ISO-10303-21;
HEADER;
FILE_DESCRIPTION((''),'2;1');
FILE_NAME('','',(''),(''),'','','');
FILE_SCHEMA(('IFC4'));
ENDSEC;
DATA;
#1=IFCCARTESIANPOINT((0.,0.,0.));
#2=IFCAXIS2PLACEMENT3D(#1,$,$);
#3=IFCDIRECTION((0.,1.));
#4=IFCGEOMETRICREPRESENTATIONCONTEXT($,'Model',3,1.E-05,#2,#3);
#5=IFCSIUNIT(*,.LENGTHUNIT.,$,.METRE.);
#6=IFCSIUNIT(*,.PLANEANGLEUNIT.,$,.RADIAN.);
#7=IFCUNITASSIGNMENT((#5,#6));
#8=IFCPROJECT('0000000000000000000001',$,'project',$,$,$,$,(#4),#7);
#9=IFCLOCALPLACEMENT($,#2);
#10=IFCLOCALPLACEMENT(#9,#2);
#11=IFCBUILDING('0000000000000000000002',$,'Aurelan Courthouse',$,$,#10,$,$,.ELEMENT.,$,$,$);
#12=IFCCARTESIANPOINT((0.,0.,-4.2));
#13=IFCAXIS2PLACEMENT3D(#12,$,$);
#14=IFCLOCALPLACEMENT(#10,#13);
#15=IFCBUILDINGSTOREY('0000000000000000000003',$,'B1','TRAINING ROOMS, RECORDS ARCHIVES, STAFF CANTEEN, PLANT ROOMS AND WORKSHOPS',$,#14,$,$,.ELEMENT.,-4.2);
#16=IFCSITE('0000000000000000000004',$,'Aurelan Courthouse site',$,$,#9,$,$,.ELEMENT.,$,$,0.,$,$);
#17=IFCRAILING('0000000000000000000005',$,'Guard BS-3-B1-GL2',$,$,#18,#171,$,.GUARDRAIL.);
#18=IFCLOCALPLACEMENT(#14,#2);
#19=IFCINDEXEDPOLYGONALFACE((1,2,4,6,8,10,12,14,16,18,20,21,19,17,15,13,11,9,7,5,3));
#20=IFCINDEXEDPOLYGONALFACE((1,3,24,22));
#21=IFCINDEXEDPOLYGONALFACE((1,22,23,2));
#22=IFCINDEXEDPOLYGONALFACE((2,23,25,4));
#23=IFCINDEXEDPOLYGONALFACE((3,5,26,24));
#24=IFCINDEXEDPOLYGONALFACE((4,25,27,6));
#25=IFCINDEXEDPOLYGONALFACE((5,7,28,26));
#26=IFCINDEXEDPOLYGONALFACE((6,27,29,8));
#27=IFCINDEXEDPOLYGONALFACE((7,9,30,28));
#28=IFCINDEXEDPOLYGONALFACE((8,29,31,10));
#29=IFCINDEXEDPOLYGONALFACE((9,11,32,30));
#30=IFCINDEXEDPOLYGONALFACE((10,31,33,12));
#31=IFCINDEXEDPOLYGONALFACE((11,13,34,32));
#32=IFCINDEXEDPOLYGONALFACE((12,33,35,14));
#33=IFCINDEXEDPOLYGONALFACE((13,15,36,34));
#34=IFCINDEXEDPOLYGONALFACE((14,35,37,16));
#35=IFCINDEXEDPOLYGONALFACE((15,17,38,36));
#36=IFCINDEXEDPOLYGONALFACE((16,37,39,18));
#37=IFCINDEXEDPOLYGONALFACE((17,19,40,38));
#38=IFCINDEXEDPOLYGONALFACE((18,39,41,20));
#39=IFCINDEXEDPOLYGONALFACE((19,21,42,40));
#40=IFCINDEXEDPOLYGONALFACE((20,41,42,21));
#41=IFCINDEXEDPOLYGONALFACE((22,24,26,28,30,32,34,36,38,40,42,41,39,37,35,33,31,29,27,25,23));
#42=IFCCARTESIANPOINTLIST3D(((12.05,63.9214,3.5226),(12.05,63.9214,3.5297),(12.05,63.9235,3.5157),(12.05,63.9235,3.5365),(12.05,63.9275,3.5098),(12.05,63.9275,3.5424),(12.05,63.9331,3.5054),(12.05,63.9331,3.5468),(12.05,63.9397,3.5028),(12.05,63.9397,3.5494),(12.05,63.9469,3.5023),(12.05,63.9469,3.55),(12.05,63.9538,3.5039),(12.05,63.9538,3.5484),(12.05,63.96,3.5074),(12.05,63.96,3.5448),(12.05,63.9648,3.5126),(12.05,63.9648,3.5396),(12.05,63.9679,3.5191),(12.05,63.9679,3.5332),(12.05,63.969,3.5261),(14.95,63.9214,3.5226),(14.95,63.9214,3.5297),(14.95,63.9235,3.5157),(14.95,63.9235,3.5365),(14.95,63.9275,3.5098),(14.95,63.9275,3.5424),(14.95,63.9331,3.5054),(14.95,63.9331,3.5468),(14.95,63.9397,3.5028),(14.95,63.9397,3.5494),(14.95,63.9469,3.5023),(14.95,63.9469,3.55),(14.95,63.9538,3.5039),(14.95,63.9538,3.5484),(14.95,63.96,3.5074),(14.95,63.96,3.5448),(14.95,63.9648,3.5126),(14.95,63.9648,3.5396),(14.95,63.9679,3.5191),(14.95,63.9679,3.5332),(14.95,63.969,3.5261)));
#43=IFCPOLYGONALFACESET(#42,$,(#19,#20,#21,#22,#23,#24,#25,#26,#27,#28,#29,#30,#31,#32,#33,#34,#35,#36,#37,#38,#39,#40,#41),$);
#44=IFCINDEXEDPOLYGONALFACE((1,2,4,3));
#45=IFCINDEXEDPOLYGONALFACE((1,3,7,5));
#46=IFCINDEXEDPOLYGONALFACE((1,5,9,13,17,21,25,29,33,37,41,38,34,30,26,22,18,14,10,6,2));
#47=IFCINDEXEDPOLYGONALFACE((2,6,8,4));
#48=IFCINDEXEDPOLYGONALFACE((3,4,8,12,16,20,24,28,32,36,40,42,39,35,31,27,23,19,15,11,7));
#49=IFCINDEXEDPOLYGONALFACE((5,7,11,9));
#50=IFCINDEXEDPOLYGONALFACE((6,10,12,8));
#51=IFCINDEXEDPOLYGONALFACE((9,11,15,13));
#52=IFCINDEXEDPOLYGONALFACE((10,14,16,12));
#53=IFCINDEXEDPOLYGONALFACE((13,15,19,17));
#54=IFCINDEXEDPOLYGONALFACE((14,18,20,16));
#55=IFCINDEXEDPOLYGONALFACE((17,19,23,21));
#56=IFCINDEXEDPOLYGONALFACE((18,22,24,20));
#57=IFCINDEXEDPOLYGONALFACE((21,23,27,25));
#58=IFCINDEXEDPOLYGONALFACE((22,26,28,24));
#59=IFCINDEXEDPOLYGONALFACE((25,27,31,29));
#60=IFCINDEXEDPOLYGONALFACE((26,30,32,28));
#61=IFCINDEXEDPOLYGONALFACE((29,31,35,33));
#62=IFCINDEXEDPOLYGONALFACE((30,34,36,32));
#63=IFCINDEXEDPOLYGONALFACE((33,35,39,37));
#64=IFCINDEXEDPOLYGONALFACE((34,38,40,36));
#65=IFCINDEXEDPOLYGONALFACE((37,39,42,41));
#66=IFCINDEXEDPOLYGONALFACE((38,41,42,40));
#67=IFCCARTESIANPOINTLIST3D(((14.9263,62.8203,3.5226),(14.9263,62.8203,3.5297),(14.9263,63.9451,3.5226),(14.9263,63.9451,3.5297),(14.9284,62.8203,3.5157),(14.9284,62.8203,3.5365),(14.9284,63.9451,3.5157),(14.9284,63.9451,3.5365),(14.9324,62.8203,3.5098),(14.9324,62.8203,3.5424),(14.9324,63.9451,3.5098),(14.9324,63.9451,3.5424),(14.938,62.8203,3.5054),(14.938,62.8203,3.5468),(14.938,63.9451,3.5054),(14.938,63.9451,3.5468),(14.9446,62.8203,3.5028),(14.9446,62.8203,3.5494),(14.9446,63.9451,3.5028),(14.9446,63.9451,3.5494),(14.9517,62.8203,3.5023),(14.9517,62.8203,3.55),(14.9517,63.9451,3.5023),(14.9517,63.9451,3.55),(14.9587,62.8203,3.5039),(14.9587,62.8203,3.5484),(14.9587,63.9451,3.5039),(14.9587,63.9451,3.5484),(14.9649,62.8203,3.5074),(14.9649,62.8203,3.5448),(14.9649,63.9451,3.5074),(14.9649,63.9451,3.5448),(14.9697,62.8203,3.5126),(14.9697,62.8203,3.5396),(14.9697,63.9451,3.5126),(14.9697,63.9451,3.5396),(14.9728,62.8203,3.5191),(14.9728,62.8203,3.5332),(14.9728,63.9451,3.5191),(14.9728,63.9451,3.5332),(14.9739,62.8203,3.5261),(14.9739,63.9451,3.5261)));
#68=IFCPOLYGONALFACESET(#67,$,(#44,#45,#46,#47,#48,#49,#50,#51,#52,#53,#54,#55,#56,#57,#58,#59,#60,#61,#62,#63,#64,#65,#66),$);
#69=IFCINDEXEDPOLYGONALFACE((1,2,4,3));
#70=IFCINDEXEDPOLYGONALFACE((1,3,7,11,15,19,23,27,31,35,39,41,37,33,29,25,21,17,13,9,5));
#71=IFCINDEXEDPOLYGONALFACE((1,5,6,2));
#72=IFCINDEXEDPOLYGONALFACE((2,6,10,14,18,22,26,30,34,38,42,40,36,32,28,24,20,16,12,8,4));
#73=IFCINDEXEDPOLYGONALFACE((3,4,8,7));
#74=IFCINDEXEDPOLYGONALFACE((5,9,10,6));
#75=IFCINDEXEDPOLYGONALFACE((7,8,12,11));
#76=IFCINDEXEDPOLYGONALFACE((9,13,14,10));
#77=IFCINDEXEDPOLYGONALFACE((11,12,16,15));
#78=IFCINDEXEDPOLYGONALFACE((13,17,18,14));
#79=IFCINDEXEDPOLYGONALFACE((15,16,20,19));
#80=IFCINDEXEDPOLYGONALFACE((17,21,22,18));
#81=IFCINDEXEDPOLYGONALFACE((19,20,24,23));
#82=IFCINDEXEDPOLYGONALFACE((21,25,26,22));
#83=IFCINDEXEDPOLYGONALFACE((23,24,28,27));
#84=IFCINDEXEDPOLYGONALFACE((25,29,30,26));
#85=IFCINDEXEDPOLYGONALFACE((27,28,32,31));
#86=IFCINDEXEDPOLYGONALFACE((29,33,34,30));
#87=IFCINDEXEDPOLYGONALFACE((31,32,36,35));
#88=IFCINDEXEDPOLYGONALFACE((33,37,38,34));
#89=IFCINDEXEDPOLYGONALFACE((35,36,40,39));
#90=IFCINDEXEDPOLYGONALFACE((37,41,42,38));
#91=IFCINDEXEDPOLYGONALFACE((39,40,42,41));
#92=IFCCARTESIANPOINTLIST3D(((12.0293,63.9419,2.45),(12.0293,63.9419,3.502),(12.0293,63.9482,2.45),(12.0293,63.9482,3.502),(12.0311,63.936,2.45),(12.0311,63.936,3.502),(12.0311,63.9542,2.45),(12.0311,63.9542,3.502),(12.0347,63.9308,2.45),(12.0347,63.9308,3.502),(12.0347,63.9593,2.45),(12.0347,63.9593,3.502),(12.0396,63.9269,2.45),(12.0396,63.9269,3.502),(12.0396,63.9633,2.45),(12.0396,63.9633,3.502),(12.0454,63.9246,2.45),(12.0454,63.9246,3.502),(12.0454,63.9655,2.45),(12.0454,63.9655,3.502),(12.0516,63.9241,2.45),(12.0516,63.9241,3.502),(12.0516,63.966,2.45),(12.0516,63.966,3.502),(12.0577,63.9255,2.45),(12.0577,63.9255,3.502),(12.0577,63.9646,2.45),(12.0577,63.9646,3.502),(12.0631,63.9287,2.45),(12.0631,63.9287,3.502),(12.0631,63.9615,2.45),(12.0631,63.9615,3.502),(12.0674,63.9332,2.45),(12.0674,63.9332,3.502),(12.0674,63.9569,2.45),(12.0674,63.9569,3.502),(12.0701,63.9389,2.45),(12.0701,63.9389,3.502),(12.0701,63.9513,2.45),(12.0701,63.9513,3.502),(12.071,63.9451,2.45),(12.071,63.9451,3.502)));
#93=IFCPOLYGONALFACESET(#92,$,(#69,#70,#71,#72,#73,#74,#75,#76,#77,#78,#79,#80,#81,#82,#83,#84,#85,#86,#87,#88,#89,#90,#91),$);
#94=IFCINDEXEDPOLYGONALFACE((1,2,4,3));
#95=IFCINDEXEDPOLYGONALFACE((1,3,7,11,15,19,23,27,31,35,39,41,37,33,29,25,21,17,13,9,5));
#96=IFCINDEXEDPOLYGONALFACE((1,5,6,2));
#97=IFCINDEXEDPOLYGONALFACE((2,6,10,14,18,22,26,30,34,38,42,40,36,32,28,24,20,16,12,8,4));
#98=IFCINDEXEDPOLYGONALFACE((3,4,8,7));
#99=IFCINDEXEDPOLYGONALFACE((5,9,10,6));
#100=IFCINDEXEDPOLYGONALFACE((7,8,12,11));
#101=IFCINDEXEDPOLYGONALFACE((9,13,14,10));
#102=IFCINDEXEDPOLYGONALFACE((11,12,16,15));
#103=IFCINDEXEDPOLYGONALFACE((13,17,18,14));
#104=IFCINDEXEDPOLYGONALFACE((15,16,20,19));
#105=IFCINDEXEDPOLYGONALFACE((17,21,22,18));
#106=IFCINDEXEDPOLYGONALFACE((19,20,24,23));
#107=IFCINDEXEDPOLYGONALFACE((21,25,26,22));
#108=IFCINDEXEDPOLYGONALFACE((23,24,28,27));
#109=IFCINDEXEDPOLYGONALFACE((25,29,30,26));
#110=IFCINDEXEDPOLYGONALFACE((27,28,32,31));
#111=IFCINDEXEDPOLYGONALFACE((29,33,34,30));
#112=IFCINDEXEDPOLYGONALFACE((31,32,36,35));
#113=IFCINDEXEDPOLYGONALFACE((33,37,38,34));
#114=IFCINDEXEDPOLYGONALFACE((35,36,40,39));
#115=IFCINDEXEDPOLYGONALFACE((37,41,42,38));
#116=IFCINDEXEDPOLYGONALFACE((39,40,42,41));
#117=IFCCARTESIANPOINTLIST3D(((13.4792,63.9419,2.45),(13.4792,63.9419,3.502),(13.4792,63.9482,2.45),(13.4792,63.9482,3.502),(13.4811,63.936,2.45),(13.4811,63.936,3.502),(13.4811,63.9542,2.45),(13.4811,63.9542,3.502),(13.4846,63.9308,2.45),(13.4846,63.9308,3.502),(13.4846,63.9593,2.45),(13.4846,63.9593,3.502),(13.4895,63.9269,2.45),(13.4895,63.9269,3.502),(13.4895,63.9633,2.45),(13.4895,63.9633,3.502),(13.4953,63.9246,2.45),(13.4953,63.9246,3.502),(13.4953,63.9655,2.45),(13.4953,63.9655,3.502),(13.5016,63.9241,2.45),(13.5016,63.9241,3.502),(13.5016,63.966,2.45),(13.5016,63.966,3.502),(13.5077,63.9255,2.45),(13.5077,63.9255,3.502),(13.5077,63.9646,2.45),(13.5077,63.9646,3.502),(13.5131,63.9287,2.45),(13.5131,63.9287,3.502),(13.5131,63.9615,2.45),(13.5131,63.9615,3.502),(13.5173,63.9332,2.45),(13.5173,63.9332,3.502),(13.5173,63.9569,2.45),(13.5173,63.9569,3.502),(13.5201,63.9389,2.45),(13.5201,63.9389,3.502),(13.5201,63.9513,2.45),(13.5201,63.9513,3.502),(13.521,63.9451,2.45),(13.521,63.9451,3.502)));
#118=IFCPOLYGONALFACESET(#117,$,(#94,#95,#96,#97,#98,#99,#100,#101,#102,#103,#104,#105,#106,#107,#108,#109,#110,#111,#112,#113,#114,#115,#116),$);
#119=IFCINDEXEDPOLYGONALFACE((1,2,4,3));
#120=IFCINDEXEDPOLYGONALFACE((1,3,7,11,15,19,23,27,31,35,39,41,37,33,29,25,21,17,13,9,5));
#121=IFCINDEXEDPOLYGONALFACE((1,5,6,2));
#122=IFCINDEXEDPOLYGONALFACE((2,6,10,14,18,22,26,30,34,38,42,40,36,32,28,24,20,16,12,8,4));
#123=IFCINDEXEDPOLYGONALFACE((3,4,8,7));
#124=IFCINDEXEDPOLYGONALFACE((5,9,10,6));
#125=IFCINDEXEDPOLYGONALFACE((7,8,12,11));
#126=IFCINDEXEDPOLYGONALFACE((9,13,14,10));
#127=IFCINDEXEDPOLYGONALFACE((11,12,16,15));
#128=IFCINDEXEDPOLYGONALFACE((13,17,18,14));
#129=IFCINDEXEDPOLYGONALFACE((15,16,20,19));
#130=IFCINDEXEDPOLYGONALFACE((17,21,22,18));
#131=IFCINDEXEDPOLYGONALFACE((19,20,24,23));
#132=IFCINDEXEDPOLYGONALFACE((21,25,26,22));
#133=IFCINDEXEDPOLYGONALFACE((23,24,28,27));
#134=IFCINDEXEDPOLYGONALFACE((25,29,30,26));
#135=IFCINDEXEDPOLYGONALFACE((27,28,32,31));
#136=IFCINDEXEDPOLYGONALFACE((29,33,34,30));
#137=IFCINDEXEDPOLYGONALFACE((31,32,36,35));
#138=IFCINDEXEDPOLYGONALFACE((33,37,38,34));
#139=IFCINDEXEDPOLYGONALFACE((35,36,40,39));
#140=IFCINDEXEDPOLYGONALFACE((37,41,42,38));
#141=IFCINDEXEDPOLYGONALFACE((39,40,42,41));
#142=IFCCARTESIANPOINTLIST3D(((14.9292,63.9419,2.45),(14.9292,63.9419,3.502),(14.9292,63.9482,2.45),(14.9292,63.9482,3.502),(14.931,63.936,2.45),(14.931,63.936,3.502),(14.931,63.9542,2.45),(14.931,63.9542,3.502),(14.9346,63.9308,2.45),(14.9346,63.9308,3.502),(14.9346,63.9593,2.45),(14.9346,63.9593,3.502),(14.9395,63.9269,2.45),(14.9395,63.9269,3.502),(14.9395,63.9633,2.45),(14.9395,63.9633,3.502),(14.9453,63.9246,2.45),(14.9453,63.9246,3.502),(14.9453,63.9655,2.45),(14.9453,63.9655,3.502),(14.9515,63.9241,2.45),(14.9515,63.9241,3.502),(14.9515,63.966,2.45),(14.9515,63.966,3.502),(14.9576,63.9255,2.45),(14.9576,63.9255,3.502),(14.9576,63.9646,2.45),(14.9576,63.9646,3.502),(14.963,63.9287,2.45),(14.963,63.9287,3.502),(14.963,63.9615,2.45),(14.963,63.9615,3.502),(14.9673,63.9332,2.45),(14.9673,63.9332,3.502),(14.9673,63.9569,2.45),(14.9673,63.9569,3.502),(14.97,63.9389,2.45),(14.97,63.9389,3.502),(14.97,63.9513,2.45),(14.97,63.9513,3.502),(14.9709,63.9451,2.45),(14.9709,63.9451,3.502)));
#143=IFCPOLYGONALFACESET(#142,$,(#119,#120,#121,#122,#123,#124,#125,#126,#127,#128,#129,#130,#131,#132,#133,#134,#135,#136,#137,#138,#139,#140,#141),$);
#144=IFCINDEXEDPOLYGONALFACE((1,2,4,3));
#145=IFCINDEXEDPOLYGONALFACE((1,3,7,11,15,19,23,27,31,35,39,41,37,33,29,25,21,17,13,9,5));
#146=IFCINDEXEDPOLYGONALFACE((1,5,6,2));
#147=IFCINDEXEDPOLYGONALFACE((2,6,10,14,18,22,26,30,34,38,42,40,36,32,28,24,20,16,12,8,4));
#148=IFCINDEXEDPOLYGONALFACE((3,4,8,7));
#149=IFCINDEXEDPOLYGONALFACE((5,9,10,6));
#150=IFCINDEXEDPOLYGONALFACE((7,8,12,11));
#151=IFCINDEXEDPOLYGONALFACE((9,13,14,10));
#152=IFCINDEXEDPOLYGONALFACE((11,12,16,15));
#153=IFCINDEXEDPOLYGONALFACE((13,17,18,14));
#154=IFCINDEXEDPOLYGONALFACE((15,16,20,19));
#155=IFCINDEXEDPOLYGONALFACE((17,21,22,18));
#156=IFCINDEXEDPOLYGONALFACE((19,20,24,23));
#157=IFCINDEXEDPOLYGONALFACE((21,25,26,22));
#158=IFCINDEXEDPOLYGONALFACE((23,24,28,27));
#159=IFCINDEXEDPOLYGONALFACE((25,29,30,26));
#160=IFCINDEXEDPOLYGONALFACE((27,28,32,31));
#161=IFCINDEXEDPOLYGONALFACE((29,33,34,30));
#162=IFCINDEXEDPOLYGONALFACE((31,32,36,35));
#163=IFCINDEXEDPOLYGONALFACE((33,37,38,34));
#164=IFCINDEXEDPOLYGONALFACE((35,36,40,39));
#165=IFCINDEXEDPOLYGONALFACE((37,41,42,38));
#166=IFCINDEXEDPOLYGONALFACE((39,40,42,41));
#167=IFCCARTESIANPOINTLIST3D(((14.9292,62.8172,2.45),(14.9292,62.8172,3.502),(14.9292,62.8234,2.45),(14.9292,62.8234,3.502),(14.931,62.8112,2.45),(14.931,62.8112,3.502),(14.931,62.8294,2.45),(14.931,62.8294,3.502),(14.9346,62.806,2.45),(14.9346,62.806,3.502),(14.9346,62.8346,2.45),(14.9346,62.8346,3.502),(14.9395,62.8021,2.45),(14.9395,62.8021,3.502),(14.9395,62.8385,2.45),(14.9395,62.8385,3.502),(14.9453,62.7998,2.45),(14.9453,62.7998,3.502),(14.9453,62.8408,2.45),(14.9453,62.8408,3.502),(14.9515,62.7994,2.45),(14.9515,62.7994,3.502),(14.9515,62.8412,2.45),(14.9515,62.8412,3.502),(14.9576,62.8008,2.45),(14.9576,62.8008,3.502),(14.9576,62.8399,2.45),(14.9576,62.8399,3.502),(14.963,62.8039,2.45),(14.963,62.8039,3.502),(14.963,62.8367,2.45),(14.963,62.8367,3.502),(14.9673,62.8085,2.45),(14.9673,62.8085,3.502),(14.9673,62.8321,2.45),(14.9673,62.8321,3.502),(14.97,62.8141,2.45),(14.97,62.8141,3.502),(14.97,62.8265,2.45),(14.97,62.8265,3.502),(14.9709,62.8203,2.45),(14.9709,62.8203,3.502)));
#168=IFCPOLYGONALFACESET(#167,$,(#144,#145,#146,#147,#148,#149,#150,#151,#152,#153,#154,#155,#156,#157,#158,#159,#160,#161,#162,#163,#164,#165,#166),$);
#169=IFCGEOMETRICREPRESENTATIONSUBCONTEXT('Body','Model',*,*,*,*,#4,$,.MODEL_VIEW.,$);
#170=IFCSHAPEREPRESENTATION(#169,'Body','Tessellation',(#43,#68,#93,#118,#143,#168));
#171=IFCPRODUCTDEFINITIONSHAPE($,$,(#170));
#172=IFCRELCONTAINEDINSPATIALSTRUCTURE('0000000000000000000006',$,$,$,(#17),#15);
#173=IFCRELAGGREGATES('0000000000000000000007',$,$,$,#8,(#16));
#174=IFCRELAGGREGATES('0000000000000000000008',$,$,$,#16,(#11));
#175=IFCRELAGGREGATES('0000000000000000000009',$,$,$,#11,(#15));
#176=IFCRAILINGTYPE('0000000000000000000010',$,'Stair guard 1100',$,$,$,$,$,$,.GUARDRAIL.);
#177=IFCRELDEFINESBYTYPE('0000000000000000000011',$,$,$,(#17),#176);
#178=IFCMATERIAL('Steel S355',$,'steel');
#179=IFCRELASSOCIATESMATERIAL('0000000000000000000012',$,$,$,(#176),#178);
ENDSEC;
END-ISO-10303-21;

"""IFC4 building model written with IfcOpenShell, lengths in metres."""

from ifc_helpers import new_model, si_unit, direction, frame, origin, origin_2d, place, context, subcontext, project, spatial, circle, extrude, material, type_object, element, save


model = new_model("IFC4")

# Units and contexts
model_context = context("Model", 3, precision=1e-05, world=origin(), true_north=direction((0.0, 1.0)))
body_context = subcontext(model_context, "Body", "Model", "MODEL_VIEW")
ifc_project = project(units=[si_unit("LENGTHUNIT", "METRE"), si_unit("PLANEANGLEUNIT", "RADIAN")], contexts=[model_context])

# Site, building, storey
site_placement = place(None, origin())
site = spatial("IfcSite", under=ifc_project, at=site_placement, Name="Aurelan Courthouse site", CompositionType="ELEMENT", RefElevation=0.0)
building_placement = place(site_placement, origin())
building = spatial("IfcBuilding", under=site, at=building_placement, Name="Aurelan Courthouse", CompositionType="ELEMENT")
storey_placement = place(building_placement, frame((0.0, 0.0, -4.2)))
storey = spatial("IfcBuildingStorey", under=building, at=storey_placement, Name="B1", Description="TRAINING ROOMS, RECORDS ARCHIVES, STAFF CANTEEN, PLANT ROOMS AND WORKSHOPS", CompositionType="ELEMENT", Elevation=-4.2)

# Railing
ifc_material_1 = material(Name="Steel S355", Category="steel")
railing_type_1 = type_object("IfcRailingType", Name="Stair guard 1100", PredefinedType="GUARDRAIL", material=ifc_material_1)
railing_1_placement = place(storey_placement, frame((12.05, 63.9451, 2.45)))
element("IfcRailing", 1, at=railing_1_placement, inside=storey, type_object=railing_type_1, Name="Guard BS-3-B1-GL2", PredefinedType="GUARDRAIL", context=body_context, shape_type="SweptSolid", body=[
    extrude(circle(Radius=0.0239, at=origin_2d()), frame((0.0, 0.0, 1.0762), z_axis=(1.0, 0.0, 0.0), x_axis=(0.0, 1.0, 0.0)), (0.0, 0.0, 1.0), 2.8999),
    extrude(circle(Radius=0.0239, at=origin_2d()), frame((2.8999, 0.0, 1.0762), z_axis=(0.0, -1.0, 0.0), x_axis=(1.0, 0.0, 0.0)), (0.0, 0.0, 1.0), 1.1248),
    extrude(circle(Radius=0.021, at=origin_2d()), origin(), (0.0, 0.0, 1.0), 1.052),
    extrude(circle(Radius=0.021, at=origin_2d()), frame((1.45, 0.0, 0.0)), (0.0, 0.0, 1.0), 1.052),
    extrude(circle(Radius=0.021, at=origin_2d()), frame((2.8999, 0.0, 0.0)), (0.0, 0.0, 1.0), 1.052),
    extrude(circle(Radius=0.021, at=origin_2d()), frame((2.8999, -1.1248, 0.0)), (0.0, 0.0, 1.0), 1.052),
])

save(model, "model.ifc")
